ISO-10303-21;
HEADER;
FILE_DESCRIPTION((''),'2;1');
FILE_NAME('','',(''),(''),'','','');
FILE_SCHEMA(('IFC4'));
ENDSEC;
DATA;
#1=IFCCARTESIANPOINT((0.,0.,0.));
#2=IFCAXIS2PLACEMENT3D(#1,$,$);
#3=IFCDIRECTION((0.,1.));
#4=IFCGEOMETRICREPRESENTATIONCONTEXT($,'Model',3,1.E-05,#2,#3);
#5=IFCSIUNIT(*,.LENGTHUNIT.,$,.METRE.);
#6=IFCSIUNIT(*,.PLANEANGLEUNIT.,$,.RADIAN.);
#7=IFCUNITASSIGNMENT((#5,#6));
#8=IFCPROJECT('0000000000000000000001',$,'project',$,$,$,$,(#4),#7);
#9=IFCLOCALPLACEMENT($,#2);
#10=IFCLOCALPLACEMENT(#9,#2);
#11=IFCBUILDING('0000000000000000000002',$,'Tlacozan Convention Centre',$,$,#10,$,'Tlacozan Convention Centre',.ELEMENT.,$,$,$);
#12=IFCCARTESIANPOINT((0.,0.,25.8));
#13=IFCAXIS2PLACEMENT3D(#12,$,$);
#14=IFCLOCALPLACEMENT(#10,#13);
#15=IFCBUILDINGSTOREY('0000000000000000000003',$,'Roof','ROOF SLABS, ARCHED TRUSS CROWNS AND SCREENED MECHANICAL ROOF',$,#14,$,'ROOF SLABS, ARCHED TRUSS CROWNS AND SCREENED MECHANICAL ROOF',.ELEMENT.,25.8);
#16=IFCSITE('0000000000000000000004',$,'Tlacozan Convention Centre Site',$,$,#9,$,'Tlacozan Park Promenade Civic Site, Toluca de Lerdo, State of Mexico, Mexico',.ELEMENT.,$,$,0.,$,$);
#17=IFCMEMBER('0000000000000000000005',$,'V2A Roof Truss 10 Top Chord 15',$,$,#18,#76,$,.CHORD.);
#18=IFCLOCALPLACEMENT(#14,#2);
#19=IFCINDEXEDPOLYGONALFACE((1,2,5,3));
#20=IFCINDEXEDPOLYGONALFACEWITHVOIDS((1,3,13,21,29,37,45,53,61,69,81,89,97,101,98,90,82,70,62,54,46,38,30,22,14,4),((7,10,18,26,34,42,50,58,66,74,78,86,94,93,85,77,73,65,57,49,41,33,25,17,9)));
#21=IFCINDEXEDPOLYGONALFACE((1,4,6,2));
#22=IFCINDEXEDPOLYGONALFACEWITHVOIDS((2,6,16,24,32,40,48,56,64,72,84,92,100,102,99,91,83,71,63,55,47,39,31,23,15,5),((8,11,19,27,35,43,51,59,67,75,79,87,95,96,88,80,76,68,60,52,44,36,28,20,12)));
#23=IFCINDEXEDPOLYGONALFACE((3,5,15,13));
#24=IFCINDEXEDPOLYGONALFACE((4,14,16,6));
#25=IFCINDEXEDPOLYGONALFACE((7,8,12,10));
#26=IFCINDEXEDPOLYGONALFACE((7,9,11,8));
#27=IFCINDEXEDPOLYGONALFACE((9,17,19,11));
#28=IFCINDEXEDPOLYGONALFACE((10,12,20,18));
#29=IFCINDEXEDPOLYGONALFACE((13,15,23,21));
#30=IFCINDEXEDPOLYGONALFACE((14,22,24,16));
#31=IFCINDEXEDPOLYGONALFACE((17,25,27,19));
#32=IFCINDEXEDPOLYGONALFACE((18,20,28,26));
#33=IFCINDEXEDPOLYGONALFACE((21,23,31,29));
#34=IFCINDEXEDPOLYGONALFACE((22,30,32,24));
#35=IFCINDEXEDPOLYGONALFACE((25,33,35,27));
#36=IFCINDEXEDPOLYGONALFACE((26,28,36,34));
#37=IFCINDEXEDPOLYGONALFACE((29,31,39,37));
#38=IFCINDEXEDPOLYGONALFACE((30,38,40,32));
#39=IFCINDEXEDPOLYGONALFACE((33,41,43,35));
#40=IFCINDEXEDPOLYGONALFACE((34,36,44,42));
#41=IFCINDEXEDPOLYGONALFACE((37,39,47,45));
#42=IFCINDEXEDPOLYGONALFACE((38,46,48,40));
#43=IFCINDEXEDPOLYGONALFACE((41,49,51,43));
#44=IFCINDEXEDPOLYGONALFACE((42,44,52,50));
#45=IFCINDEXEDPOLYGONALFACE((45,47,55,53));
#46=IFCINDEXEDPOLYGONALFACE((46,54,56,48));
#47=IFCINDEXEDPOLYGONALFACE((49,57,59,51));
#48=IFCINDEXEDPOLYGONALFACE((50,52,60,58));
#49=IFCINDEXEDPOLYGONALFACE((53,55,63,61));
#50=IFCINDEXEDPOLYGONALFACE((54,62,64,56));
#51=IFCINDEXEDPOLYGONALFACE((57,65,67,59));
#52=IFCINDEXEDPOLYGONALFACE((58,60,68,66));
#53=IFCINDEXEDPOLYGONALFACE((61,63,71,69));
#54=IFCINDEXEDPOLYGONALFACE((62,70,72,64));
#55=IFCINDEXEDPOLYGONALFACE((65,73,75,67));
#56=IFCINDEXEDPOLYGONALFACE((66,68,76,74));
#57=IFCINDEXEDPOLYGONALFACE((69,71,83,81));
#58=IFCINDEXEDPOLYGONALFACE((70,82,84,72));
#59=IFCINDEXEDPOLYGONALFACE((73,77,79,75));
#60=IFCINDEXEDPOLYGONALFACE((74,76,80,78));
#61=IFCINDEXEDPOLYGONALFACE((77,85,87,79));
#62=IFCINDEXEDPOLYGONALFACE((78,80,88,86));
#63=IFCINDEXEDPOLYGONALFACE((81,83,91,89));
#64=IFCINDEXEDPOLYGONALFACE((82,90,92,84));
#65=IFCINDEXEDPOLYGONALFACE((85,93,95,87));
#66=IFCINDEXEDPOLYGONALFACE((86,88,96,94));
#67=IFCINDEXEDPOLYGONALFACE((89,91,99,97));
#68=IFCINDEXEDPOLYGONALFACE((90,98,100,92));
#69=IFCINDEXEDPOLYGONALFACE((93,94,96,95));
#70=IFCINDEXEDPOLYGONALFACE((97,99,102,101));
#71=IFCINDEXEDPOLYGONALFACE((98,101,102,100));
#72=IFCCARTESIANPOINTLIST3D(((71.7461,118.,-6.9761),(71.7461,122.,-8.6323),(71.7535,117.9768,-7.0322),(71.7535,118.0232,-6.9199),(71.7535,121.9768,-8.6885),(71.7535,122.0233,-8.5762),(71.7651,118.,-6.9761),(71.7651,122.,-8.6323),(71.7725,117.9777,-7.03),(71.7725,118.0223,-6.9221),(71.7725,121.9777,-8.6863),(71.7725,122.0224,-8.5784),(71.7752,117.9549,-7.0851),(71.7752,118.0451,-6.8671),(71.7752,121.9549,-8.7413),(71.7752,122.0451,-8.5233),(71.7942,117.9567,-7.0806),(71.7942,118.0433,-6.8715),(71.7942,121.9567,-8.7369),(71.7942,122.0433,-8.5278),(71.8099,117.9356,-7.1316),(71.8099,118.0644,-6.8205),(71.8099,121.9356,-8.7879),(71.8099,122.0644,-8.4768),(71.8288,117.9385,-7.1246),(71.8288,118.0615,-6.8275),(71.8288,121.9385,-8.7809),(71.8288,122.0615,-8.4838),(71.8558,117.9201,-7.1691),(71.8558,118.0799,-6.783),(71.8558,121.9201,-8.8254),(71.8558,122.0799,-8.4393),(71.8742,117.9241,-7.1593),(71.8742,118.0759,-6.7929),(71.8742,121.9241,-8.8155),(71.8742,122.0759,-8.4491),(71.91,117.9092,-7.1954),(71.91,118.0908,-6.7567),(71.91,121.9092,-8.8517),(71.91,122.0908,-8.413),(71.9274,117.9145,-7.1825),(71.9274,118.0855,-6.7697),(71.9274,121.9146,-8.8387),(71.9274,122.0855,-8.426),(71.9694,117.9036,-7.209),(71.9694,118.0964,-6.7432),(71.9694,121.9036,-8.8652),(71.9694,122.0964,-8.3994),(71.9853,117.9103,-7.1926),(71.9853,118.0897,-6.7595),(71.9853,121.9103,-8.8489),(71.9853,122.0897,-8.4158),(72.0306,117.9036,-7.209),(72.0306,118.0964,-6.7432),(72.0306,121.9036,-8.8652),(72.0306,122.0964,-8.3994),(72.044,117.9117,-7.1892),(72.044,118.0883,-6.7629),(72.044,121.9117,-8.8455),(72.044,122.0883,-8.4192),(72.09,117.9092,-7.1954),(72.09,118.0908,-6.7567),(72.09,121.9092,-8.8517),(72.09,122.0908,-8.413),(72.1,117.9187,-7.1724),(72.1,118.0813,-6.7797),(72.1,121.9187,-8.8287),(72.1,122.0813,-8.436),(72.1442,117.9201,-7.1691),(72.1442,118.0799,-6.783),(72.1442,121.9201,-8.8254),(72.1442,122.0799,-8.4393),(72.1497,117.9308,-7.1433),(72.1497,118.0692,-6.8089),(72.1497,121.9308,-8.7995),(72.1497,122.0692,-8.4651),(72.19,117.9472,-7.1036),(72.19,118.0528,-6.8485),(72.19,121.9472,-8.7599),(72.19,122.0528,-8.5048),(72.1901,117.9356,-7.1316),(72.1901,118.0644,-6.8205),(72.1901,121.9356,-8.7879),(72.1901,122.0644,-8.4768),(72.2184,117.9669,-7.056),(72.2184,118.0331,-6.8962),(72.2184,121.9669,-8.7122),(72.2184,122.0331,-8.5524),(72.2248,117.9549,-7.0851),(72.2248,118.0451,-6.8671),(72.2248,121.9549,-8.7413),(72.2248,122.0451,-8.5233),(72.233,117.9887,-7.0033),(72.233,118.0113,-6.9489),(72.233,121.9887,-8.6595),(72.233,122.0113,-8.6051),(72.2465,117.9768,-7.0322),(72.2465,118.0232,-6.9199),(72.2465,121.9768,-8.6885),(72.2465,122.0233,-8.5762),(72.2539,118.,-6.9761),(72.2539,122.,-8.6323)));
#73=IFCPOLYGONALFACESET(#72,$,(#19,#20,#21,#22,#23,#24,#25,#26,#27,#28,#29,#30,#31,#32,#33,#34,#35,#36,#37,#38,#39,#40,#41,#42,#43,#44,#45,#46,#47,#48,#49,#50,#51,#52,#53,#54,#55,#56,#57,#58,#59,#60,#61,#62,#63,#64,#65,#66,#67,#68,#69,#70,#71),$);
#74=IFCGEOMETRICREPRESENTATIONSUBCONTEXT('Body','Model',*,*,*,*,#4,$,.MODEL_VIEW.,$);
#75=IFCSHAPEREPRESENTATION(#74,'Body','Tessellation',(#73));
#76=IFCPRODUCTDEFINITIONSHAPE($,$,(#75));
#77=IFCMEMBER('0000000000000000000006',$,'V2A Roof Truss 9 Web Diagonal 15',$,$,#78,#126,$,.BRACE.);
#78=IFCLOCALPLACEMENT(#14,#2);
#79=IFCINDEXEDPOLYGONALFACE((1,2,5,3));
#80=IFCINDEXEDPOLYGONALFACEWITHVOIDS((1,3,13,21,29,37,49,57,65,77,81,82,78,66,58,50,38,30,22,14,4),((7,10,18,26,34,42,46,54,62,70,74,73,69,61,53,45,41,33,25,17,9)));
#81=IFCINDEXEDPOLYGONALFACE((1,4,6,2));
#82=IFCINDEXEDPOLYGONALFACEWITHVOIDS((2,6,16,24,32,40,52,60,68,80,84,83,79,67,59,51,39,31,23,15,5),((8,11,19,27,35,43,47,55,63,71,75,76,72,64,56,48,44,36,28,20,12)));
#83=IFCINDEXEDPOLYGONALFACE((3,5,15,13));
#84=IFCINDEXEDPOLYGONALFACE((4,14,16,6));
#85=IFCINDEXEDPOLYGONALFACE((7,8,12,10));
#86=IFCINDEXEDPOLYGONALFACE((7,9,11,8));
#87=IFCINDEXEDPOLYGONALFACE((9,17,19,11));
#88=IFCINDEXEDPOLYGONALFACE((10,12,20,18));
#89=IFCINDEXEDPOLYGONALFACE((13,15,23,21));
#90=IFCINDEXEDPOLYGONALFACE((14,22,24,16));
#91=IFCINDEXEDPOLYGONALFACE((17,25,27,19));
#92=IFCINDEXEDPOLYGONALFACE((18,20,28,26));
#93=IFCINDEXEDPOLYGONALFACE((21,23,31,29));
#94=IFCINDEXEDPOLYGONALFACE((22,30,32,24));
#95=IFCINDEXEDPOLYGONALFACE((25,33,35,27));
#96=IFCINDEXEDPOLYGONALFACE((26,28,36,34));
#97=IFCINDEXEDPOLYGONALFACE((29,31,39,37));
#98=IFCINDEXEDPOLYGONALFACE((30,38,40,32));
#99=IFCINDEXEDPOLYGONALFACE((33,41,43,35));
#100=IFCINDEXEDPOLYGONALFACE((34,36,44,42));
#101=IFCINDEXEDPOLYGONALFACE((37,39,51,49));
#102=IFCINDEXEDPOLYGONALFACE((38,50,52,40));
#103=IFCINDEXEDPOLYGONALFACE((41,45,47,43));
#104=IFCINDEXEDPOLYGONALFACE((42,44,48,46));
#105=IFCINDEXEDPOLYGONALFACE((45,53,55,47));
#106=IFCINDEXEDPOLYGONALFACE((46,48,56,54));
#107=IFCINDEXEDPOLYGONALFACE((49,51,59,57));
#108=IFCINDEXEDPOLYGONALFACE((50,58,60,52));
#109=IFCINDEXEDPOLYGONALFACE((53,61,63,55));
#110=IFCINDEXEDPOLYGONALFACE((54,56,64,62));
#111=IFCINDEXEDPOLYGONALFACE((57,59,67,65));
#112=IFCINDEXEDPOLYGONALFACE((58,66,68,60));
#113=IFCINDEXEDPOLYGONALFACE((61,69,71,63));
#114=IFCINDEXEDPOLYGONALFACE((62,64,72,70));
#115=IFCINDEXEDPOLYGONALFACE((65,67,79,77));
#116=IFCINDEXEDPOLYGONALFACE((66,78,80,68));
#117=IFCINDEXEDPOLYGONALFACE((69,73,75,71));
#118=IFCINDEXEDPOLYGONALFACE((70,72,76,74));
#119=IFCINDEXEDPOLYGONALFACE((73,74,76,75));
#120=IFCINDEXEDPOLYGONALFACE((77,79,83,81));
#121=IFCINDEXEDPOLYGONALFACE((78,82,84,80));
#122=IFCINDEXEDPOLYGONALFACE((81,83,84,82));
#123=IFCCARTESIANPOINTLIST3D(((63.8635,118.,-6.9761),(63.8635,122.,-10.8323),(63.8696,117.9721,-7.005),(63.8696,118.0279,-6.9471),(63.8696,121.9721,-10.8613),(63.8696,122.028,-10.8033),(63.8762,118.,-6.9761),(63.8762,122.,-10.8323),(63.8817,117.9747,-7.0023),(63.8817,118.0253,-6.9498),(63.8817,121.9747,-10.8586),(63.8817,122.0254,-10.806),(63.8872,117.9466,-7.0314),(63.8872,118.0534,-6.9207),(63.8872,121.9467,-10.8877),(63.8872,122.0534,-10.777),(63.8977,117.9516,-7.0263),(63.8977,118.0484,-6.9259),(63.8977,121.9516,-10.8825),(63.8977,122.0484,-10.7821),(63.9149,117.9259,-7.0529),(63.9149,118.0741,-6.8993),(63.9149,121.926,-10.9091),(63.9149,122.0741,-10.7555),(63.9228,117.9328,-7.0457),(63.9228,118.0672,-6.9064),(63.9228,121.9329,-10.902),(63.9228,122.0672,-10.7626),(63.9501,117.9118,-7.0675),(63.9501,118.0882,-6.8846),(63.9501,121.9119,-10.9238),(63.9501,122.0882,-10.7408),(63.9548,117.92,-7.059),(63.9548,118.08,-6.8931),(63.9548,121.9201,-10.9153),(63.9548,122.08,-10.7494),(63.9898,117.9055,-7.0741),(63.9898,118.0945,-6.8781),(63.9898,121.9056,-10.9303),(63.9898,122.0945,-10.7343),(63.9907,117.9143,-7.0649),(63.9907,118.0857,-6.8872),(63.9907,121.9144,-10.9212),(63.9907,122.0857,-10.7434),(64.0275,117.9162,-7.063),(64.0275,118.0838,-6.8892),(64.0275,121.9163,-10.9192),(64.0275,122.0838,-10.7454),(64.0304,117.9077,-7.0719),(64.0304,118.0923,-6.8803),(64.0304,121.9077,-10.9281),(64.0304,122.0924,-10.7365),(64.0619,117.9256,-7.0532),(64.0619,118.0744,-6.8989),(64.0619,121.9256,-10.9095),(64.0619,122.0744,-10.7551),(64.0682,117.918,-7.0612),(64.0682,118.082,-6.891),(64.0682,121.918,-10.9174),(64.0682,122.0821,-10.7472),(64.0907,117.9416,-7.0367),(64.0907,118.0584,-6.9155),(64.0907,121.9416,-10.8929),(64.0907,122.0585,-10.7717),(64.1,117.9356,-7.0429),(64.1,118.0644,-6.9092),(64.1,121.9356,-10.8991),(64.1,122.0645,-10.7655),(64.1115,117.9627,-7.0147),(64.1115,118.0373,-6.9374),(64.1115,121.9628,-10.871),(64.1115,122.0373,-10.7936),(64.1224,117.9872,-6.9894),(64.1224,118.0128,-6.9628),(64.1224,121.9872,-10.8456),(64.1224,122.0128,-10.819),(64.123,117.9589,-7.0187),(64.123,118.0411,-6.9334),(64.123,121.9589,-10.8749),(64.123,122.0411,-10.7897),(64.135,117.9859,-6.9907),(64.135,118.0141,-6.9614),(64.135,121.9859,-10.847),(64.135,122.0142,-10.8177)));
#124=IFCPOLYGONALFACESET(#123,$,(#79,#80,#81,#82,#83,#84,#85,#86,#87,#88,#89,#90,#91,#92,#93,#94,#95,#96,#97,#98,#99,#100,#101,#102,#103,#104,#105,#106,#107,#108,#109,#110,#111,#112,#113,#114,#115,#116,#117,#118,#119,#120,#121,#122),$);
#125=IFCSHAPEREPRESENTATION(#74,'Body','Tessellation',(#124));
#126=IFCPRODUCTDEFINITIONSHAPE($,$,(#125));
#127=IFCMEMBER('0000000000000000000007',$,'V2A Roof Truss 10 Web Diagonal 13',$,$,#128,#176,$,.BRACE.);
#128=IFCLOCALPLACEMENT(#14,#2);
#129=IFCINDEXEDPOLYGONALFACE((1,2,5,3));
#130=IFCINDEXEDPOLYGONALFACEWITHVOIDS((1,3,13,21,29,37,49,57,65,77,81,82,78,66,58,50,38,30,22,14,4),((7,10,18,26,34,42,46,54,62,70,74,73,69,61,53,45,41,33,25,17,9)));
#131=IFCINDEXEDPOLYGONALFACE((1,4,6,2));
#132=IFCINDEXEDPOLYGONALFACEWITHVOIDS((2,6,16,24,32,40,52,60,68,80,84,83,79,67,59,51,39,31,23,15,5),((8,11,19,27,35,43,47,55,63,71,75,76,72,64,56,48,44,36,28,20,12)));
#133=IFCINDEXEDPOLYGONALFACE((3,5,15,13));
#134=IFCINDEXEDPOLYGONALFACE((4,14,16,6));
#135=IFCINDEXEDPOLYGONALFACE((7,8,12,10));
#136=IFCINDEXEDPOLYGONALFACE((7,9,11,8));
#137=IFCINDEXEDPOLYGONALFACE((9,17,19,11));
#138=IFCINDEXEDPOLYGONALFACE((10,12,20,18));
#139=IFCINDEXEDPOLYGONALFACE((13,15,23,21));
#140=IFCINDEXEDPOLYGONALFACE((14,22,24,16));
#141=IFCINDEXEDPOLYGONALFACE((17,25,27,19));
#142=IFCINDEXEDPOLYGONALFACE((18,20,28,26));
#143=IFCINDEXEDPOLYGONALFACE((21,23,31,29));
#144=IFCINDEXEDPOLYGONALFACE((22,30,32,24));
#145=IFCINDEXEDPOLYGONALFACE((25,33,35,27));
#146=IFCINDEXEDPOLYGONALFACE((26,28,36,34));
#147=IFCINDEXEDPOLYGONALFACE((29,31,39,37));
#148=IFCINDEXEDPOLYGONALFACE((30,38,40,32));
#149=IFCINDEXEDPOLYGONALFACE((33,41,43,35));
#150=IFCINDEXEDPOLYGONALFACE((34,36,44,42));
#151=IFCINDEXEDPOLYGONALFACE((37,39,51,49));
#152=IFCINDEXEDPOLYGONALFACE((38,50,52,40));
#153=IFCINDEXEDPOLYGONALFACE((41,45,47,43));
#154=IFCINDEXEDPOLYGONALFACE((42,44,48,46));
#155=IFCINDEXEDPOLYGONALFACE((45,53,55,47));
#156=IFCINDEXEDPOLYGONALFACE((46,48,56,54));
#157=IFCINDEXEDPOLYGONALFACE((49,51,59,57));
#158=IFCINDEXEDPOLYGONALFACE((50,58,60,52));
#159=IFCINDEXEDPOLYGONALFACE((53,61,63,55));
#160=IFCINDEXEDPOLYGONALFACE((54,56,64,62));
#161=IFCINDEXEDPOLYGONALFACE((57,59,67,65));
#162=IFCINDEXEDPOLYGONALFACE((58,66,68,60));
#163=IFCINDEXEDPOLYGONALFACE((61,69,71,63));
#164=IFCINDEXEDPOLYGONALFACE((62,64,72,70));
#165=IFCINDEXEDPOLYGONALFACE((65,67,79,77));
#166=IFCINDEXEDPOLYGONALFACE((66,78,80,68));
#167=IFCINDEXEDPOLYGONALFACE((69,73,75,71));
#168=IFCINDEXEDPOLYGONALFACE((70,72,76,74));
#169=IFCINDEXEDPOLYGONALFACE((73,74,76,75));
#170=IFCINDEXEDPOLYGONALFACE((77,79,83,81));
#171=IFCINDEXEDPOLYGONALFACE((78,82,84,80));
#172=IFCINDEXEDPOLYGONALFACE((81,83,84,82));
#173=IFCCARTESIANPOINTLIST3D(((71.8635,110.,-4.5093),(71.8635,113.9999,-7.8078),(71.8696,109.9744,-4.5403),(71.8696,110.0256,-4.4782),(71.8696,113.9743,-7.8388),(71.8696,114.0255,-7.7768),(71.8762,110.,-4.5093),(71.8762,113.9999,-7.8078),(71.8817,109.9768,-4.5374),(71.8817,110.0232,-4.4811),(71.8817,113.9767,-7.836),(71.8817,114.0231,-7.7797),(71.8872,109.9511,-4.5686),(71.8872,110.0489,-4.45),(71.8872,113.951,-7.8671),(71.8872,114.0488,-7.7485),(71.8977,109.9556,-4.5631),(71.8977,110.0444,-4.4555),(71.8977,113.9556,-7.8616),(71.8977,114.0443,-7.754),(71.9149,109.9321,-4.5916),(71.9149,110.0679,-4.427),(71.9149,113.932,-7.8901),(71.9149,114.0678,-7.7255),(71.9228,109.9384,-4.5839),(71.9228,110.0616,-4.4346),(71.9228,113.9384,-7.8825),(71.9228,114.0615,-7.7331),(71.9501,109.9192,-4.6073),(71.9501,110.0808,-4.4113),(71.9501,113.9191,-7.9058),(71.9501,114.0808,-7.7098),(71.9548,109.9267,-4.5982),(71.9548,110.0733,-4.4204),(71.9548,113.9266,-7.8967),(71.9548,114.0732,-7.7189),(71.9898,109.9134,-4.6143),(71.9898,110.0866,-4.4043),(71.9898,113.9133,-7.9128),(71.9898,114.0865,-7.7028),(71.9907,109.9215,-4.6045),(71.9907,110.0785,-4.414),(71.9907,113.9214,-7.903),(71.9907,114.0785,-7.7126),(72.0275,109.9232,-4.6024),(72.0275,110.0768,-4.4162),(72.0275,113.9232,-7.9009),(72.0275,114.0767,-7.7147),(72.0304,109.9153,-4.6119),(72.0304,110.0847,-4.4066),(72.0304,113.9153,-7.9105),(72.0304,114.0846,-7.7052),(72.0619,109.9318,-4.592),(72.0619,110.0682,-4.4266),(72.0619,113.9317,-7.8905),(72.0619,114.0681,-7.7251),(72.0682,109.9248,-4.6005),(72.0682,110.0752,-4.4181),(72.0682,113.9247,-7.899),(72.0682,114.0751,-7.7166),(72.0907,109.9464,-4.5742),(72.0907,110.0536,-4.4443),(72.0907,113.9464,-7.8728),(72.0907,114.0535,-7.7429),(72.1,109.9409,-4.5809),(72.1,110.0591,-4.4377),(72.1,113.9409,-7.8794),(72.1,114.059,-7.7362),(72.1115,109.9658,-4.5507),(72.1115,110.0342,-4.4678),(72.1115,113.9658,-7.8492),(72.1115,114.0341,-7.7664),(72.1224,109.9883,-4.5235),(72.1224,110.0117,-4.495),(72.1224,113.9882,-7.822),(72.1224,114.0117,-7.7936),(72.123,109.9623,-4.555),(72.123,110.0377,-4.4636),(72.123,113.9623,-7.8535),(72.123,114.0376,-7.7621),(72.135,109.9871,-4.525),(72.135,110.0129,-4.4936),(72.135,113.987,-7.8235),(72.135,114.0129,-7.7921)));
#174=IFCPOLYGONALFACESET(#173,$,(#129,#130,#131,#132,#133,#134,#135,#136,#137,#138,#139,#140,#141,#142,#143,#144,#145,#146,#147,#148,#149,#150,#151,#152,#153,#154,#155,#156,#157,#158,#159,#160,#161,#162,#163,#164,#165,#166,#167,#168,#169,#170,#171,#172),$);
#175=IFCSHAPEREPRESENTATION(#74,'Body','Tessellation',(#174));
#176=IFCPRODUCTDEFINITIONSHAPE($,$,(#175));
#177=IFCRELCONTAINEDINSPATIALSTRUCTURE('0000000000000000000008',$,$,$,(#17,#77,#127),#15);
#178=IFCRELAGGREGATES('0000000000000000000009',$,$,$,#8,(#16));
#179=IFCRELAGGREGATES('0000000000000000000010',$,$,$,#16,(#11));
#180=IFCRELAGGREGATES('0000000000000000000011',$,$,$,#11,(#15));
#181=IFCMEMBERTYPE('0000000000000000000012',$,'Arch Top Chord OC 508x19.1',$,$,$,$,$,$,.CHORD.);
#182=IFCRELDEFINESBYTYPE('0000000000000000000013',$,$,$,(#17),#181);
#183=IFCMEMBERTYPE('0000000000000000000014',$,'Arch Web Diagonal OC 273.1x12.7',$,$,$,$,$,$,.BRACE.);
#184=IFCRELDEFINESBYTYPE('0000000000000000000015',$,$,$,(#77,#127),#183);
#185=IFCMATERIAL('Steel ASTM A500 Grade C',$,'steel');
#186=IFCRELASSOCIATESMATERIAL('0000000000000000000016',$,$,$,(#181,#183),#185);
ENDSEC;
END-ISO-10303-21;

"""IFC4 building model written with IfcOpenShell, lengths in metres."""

from ifc_helpers import new_model, si_unit, direction, frame, origin, origin_2d, place, context, subcontext, project, spatial, hollow_circle, extrude, material, material_profile, profile_set, type_object, element, save


model = new_model("IFC4")

# Units and contexts
model_context = context("Model", 3, precision=1e-05, world=origin(), true_north=direction((0.0, 1.0)))
body_context = subcontext(model_context, "Body", "Model", "MODEL_VIEW")
ifc_project = project(units=[si_unit("LENGTHUNIT", "METRE"), si_unit("PLANEANGLEUNIT", "RADIAN")], contexts=[model_context])

# Site, building, storey
site_placement = place(None, origin())
site = spatial("IfcSite", under=ifc_project, at=site_placement, Name="Tlacozan Convention Centre Site", LongName="Tlacozan Park Promenade Civic Site, Toluca de Lerdo, State of Mexico, Mexico", CompositionType="ELEMENT", RefElevation=0.0)
building_placement = place(site_placement, origin())
building = spatial("IfcBuilding", under=site, at=building_placement, Name="Tlacozan Convention Centre", LongName="Tlacozan Convention Centre", CompositionType="ELEMENT")
storey_placement = place(building_placement, frame((0.0, 0.0, 25.8)))
storey = spatial("IfcBuildingStorey", under=building, at=storey_placement, Name="Roof", Description="ROOF SLABS, ARCHED TRUSS CROWNS AND SCREENED MECHANICAL ROOF", LongName="ROOF SLABS, ARCHED TRUSS CROWNS AND SCREENED MECHANICAL ROOF", CompositionType="ELEMENT", Elevation=25.8)

# Members
ifc_material_1 = material(Name="Steel ASTM A500 Grade C", Category="steel")
ifc_material_profile_1 = material_profile(ifc_material_1, hollow_circle(Radius=0.2539, WallThickness=0.019, at=origin_2d()), Name="OC 508.0x19.1")
ifc_profile_set_1 = profile_set([ifc_material_profile_1], Name="Steel ASTM A500 Grade C")
member_type_1 = type_object("IfcMemberType", Name="Arch Top Chord OC 508x19.1", PredefinedType="CHORD", material=ifc_profile_set_1)
member_1_placement = place(storey_placement, frame((72.0, 118.0, -6.9761), z_axis=(0.0, 0.923929, -0.382564), x_axis=(-1.0, 0.0, 0.0)))
element("IfcMember", 1, at=member_1_placement, inside=storey, type_object=member_type_1, Name="V2A Roof Truss 10 Top Chord 15", PredefinedType="CHORD", context=body_context, shape_type="SweptSolid", body=[
    extrude(hollow_circle(Radius=0.2539, WallThickness=0.019, at=origin_2d()), origin(), (0.0, 0.0, 1.0), 4.3293),
])
ifc_material_profile_2 = material_profile(ifc_material_1, hollow_circle(Radius=0.1365, WallThickness=0.0127, at=origin_2d()), Name="OC 273.1x12.7")
ifc_profile_set_2 = profile_set([ifc_material_profile_2], Name="Steel ASTM A500 Grade C")
member_type_2 = type_object("IfcMemberType", Name="Arch Web Diagonal OC 273.1x12.7", PredefinedType="BRACE", material=ifc_profile_set_2)
member_2_placement = place(storey_placement, frame((64.0, 118.0, -6.9761), z_axis=(0.0, 0.719929, -0.694048), x_axis=(-1.0, 0.0, 0.0)))
element("IfcMember", 2, at=member_2_placement, inside=storey, type_object=member_type_2, Name="V2A Roof Truss 9 Web Diagonal 15", PredefinedType="BRACE", context=body_context, shape_type="SweptSolid", body=[
    extrude(hollow_circle(Radius=0.1365, WallThickness=0.0127, at=origin_2d()), origin(), (0.0, 0.0, 1.0), 5.5562),
])
member_3_placement = place(storey_placement, frame((72.0, 110.0, -4.5093), z_axis=(0.0, 0.771507, -0.63622), x_axis=(-1.0, 0.0, 0.0)))
element("IfcMember", 3, at=member_3_placement, inside=storey, type_object=member_type_2, Name="V2A Roof Truss 10 Web Diagonal 13", PredefinedType="BRACE", context=body_context, shape_type="SweptSolid", body=[
    extrude(hollow_circle(Radius=0.1365, WallThickness=0.0127, at=origin_2d()), origin(), (0.0, 0.0, 1.0), 5.1846),
])

save(model, "model.ifc")
